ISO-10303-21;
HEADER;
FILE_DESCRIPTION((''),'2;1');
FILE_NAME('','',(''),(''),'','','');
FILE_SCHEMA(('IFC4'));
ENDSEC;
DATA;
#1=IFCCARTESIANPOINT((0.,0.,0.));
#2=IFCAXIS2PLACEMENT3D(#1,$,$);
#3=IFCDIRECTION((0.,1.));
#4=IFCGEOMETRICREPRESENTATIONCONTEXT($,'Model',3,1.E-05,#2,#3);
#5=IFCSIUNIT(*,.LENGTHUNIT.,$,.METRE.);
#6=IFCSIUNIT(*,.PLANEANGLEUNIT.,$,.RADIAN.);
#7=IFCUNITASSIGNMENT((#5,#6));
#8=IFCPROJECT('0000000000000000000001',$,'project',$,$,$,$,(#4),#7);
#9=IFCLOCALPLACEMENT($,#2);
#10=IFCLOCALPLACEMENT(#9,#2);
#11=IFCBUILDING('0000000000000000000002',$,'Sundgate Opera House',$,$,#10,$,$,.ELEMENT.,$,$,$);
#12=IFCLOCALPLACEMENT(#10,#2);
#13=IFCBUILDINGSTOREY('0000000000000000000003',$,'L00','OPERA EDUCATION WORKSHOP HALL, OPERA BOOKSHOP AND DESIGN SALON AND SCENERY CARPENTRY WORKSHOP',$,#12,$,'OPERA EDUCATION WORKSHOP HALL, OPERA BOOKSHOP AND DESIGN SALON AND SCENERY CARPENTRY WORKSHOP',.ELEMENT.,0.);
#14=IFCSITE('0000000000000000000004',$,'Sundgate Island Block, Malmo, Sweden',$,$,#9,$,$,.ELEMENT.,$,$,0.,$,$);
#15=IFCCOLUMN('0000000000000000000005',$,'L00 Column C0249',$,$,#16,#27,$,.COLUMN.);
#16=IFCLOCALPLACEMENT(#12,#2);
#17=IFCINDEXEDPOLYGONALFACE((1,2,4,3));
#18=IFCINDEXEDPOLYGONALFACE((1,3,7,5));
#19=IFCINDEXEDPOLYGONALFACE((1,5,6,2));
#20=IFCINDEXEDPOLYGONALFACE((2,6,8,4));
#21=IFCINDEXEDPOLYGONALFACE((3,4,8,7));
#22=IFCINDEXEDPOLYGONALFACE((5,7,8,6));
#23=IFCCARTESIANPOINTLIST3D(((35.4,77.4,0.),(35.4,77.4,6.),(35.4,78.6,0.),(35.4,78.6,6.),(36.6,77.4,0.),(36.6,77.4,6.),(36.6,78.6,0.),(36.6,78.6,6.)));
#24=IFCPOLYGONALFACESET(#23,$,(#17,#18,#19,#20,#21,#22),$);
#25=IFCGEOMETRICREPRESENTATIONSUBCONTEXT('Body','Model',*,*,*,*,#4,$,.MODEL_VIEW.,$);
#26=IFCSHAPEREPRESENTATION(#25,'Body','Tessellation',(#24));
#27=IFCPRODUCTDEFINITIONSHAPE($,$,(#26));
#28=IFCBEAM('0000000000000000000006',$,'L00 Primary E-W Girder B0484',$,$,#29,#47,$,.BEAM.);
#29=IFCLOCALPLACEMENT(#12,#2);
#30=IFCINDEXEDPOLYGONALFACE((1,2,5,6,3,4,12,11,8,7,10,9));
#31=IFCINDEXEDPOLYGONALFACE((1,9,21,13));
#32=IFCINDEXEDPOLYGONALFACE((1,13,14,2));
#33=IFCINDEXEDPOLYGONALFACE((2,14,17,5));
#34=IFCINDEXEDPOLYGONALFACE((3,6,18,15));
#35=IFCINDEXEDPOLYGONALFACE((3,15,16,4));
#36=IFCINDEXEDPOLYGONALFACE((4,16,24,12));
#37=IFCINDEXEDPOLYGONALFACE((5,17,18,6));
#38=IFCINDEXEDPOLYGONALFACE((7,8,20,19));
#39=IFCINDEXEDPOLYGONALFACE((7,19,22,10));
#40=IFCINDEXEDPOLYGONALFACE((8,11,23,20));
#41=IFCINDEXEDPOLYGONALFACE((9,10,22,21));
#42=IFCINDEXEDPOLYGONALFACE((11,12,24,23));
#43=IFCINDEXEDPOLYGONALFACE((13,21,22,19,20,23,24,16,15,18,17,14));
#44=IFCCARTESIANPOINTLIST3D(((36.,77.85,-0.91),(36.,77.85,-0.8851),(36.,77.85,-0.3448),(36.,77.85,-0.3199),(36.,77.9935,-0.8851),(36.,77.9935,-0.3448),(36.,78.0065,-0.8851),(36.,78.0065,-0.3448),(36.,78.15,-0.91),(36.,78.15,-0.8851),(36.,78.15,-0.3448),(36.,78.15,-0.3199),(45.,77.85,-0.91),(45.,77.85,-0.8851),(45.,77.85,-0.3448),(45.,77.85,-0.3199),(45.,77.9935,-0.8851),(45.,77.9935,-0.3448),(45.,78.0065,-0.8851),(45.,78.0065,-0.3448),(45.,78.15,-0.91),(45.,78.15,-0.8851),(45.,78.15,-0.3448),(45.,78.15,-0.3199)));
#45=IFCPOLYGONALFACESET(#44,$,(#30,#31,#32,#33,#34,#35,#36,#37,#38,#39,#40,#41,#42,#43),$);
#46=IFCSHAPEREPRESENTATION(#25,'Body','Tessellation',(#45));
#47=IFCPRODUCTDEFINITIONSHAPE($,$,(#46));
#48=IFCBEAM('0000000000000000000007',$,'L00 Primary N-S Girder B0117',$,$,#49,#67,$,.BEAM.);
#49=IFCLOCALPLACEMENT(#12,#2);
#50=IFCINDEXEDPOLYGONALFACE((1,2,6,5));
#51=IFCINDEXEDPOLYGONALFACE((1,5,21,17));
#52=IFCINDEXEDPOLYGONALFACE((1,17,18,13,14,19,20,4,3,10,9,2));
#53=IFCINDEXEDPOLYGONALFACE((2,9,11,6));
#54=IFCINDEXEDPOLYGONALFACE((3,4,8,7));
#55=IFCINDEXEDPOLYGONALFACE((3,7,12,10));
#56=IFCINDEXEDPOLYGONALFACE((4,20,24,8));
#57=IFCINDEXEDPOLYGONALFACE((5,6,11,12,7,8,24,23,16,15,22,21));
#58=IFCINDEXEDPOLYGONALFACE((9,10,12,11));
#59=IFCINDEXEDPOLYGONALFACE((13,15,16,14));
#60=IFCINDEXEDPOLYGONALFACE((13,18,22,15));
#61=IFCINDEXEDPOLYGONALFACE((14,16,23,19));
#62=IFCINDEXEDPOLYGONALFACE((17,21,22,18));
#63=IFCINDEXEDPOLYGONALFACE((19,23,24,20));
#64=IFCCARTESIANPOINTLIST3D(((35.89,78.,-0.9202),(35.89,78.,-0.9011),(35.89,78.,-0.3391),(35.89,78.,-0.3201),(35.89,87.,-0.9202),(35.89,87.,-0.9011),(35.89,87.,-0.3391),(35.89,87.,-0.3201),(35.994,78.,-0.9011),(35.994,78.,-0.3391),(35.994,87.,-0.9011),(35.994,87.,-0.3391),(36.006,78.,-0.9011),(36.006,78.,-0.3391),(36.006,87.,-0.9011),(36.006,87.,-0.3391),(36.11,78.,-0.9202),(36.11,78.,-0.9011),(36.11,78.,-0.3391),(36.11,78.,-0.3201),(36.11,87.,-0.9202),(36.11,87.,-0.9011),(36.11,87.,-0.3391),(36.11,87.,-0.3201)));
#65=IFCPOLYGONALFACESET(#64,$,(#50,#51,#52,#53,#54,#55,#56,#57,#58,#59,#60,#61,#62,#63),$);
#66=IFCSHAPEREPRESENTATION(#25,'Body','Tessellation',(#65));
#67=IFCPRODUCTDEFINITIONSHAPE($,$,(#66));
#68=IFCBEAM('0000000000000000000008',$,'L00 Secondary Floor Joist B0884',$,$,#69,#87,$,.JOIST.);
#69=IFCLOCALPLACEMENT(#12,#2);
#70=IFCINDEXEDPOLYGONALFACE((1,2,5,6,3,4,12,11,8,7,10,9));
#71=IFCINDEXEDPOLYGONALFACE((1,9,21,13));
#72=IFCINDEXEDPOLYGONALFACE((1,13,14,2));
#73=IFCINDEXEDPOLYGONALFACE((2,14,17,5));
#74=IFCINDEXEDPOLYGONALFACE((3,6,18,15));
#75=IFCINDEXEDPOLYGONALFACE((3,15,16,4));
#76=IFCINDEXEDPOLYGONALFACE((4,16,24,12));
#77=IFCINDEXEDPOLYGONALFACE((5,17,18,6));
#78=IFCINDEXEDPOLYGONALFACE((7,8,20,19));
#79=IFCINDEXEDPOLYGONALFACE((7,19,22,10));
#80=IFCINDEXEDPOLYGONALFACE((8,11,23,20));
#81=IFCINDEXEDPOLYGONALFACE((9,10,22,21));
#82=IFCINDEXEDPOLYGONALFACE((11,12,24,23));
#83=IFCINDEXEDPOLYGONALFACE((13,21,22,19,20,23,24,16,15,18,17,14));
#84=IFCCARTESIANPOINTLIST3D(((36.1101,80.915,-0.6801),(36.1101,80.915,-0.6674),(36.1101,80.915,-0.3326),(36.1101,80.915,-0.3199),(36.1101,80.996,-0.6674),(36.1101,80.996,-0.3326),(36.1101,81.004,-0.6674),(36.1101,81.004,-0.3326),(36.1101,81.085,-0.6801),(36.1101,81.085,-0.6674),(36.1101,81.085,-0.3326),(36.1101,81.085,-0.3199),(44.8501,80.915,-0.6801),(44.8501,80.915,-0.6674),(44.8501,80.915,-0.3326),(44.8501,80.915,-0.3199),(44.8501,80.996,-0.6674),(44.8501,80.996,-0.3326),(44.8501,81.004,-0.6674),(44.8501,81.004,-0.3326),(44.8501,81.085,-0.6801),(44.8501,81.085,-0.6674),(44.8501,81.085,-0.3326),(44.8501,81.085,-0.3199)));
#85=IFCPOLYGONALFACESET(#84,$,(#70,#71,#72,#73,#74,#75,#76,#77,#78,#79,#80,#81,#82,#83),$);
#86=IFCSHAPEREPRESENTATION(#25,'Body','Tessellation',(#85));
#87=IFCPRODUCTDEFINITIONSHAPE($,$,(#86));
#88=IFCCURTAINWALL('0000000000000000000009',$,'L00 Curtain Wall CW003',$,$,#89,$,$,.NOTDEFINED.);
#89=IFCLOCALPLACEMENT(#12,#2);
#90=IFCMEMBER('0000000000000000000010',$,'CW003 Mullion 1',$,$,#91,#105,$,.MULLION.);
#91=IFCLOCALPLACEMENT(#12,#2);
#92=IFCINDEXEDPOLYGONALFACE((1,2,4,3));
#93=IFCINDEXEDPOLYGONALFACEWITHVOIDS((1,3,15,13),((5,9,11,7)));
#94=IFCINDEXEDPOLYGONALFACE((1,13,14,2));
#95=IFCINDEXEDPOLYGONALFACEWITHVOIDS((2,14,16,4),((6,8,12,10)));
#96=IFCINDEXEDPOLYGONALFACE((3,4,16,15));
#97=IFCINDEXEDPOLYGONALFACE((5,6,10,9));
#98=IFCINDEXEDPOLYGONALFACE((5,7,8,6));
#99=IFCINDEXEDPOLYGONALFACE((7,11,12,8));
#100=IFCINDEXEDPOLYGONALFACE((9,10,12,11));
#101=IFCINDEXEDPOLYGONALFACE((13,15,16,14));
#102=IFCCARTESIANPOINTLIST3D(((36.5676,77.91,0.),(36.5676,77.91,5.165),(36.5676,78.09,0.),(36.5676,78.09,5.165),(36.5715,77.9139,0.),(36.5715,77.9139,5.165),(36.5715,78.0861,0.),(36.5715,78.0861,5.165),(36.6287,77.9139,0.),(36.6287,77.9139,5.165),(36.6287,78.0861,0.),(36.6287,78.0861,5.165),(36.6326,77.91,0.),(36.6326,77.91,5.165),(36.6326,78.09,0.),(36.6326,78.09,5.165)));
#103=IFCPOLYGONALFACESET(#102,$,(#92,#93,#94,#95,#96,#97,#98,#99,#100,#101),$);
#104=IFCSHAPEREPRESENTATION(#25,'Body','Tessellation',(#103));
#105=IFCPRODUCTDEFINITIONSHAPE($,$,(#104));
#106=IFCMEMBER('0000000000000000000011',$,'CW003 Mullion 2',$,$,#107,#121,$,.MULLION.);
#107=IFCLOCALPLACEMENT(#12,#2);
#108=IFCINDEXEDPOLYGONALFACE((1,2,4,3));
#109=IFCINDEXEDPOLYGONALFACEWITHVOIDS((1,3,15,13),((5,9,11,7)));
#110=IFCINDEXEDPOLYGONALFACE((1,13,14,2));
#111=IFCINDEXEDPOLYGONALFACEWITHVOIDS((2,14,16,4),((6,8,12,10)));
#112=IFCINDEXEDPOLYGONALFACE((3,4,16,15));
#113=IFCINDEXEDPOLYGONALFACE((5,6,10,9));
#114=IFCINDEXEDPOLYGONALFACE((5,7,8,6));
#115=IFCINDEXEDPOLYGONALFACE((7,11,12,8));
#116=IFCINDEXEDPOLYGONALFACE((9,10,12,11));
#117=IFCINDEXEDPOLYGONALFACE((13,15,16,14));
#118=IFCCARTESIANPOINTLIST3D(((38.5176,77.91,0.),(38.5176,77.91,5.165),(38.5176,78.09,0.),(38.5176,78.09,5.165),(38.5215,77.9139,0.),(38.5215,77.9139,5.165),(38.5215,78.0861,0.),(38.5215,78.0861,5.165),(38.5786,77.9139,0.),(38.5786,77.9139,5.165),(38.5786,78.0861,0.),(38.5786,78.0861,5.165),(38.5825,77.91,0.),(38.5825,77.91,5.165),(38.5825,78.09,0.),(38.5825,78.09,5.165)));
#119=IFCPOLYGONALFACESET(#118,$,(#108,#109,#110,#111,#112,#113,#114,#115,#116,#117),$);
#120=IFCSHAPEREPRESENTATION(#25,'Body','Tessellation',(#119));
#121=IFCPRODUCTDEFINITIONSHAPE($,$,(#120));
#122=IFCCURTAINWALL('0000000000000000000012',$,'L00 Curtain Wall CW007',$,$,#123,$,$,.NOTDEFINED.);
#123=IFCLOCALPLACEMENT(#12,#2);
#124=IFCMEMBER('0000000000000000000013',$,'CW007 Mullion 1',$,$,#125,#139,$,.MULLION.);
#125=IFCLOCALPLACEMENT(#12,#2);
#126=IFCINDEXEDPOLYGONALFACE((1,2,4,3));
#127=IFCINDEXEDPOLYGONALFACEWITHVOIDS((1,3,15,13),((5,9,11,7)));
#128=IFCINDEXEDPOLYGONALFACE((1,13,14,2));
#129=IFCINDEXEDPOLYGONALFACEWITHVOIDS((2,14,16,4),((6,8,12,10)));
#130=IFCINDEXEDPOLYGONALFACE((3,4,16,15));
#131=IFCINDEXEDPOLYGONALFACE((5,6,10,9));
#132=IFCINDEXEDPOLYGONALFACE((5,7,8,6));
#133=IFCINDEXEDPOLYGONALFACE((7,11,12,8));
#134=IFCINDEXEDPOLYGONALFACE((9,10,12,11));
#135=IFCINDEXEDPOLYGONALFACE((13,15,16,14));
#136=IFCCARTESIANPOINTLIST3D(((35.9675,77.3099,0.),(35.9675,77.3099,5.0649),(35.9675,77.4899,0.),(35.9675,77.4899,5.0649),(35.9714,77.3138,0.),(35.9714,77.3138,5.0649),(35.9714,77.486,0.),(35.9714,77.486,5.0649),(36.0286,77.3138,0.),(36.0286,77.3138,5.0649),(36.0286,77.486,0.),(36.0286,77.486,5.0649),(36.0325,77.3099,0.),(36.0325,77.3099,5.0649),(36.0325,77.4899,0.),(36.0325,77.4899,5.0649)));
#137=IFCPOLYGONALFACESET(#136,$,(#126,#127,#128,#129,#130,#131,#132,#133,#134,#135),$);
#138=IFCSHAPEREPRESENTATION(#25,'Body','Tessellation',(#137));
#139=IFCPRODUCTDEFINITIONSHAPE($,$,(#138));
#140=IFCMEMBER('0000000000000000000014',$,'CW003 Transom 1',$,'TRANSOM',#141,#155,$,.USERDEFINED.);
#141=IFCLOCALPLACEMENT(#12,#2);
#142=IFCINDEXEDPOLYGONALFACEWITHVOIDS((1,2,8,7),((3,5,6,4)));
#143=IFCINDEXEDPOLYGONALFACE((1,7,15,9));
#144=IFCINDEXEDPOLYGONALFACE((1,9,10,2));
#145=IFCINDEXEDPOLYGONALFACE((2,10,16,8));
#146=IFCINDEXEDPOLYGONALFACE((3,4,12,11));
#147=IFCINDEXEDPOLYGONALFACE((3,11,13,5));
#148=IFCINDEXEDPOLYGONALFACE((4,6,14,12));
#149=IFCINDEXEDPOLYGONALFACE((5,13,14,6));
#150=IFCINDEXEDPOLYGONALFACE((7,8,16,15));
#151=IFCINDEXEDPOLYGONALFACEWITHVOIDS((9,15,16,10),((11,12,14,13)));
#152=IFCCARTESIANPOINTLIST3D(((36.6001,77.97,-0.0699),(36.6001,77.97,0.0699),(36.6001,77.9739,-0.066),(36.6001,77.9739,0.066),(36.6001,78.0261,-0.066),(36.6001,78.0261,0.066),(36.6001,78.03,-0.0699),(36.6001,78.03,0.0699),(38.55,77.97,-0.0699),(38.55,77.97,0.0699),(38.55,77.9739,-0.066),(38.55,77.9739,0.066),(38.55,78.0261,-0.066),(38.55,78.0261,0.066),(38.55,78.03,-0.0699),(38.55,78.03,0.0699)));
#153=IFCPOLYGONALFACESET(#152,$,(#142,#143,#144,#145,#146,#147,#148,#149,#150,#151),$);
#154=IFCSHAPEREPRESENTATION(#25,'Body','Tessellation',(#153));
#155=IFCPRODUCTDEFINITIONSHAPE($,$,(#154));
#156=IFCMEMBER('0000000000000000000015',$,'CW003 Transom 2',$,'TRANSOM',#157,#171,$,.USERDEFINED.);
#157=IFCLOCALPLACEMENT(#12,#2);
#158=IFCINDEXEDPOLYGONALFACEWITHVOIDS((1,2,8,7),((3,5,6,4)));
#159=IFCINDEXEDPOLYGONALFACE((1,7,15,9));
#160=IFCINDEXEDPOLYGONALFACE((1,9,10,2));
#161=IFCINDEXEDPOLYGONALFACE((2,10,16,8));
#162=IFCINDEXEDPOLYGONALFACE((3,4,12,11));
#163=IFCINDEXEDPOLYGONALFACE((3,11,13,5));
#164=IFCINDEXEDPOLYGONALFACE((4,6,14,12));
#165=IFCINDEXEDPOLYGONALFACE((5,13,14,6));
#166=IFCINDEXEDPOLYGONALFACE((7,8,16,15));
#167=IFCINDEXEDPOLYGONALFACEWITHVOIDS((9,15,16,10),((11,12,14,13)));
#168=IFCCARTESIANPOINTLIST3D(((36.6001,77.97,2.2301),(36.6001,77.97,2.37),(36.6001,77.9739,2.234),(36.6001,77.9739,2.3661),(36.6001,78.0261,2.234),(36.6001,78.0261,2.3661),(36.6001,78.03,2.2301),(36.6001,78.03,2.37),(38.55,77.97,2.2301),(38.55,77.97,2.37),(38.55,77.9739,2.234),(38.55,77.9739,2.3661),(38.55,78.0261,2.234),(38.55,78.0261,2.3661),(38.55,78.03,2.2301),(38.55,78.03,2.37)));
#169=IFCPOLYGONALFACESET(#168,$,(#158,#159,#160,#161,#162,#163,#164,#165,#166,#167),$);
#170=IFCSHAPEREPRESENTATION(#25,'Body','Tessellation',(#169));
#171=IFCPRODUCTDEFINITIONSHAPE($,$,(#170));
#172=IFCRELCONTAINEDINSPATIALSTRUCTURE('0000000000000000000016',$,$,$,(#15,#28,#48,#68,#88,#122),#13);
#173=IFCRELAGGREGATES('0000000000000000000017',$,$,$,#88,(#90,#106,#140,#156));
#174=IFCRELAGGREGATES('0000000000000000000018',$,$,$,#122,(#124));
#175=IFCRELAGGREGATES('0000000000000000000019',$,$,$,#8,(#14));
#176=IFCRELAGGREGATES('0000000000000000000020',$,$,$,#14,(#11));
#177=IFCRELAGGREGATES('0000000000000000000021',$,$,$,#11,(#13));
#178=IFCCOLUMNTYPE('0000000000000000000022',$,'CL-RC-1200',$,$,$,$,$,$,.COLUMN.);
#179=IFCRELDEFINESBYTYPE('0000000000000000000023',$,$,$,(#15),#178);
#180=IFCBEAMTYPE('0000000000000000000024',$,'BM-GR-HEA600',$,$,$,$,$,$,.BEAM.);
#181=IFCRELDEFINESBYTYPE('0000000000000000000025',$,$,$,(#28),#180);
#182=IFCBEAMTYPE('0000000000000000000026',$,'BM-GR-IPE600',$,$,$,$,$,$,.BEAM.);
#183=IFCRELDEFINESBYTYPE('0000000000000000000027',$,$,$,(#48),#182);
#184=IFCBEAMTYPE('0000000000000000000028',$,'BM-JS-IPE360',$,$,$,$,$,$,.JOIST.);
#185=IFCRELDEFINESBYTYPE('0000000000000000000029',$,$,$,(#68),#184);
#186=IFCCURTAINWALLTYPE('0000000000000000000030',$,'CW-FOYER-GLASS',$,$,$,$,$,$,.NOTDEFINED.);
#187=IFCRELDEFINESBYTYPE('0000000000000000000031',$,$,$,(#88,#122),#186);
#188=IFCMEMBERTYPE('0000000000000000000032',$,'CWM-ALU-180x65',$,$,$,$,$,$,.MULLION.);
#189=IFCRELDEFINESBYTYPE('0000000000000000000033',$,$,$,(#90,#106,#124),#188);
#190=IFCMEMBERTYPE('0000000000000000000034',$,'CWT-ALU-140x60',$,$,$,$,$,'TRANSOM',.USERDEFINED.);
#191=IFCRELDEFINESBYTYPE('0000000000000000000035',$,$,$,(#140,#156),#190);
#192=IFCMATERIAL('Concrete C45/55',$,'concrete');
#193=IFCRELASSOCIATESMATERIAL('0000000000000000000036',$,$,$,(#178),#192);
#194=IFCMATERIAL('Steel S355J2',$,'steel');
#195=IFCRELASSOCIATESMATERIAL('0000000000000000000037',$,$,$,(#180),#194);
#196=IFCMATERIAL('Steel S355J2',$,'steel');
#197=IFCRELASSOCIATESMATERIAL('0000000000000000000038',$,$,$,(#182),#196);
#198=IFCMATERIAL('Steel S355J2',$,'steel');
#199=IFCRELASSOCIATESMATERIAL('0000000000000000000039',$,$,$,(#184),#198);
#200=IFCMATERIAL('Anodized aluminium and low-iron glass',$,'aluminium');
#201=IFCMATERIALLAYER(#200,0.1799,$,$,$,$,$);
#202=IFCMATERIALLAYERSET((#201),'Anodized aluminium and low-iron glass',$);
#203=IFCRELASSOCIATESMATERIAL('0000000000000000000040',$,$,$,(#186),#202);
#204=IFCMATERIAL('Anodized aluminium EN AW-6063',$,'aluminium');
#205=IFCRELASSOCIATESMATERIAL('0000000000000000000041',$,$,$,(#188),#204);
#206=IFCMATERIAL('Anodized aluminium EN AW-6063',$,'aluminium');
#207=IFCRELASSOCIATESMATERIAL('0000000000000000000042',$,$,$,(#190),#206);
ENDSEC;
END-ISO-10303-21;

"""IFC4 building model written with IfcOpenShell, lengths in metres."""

from ifc_helpers import new_model, si_unit, direction, frame, origin, origin_2d, place, context, subcontext, project, spatial, rectangle, hollow_rectangle, i_section, extrude, material, layer, layer_set, material_profile, profile_set, type_object, element, aggregate, save


model = new_model("IFC4")

# Units and contexts
model_context = context("Model", 3, precision=1e-05, world=origin(), true_north=direction((0.0, 1.0)))
body_context = subcontext(model_context, "Body", "Model", "MODEL_VIEW")
ifc_project = project(units=[si_unit("LENGTHUNIT", "METRE"), si_unit("PLANEANGLEUNIT", "RADIAN")], contexts=[model_context])

# Site, building, storey
site_placement = place(None, origin())
site = spatial("IfcSite", under=ifc_project, at=site_placement, Name="Sundgate Island Block, Malmo, Sweden", CompositionType="ELEMENT", RefElevation=0.0)
building_placement = place(site_placement, origin())
building = spatial("IfcBuilding", under=site, at=building_placement, Name="Sundgate Opera House", CompositionType="ELEMENT")
storey_placement = place(building_placement, origin())
storey = spatial("IfcBuildingStorey", under=building, at=storey_placement, Name="L00", Description="OPERA EDUCATION WORKSHOP HALL, OPERA BOOKSHOP AND DESIGN SALON AND SCENERY CARPENTRY WORKSHOP", LongName="OPERA EDUCATION WORKSHOP HALL, OPERA BOOKSHOP AND DESIGN SALON AND SCENERY CARPENTRY WORKSHOP", CompositionType="ELEMENT", Elevation=0.0)

# Column
ifc_material_1 = material(Name="Concrete C45/55", Category="concrete")
ifc_material_profile_1 = material_profile(ifc_material_1, rectangle(XDim=1.2, YDim=1.2, at=origin_2d()), Name="RC 1200x1200")
ifc_profile_set_1 = profile_set([ifc_material_profile_1], Name="Concrete C45/55")
column_type = type_object("IfcColumnType", Name="CL-RC-1200", PredefinedType="COLUMN", material=ifc_profile_set_1)
column_placement = place(storey_placement, frame((36.0, 78.0, 0.0), z_axis=(0.0, 0.0, 1.0), x_axis=(1.0, 0.0, 0.0)))
element("IfcColumn", 1, at=column_placement, inside=storey, type_object=column_type, Name="L00 Column C0249", PredefinedType="COLUMN", context=body_context, shape_type="SweptSolid", body=[
    extrude(rectangle(XDim=1.2, YDim=1.2, at=origin_2d()), origin(), (0.0, 0.0, 1.0), 6.0),
])

# Beams
ifc_material_2 = material(Name="Steel S355J2", Category="steel")
ifc_material_profile_2 = material_profile(ifc_material_2, i_section(OverallWidth=0.3, OverallDepth=0.5901, WebThickness=0.0129, FlangeThickness=0.0249, at=origin_2d()), Name="HEA 600")
ifc_profile_set_2 = profile_set([ifc_material_profile_2], Name="Steel S355J2")
beam_type_1 = type_object("IfcBeamType", Name="BM-GR-HEA600", PredefinedType="BEAM", material=ifc_profile_set_2)
beam_1_placement = place(storey_placement, frame((36.0, 78.0, -0.615), z_axis=(1.0, 0.0, 0.0), x_axis=(0.0, 1.0, 0.0)))
element("IfcBeam", 2, at=beam_1_placement, inside=storey, type_object=beam_type_1, Name="L00 Primary E-W Girder B0484", PredefinedType="BEAM", context=body_context, shape_type="SweptSolid", body=[
    extrude(i_section(OverallWidth=0.3, OverallDepth=0.5901, WebThickness=0.0129, FlangeThickness=0.0249, at=origin_2d()), origin(), (0.0, 0.0, 1.0), 9.0),
])
ifc_material_3 = material(Name="Steel S355J2", Category="steel")
ifc_material_profile_3 = material_profile(ifc_material_3, i_section(OverallWidth=0.22, OverallDepth=0.6001, WebThickness=0.012, FlangeThickness=0.019, at=origin_2d()), Name="IPE 600")
ifc_profile_set_3 = profile_set([ifc_material_profile_3], Name="Steel S355J2")
beam_type_2 = type_object("IfcBeamType", Name="BM-GR-IPE600", PredefinedType="BEAM", material=ifc_profile_set_3)
beam_2_placement = place(storey_placement, frame((36.0, 78.0, -0.6201), z_axis=(0.0, 1.0, 0.0), x_axis=(-1.0, 0.0, 0.0)))
element("IfcBeam", 3, at=beam_2_placement, inside=storey, type_object=beam_type_2, Name="L00 Primary N-S Girder B0117", PredefinedType="BEAM", context=body_context, shape_type="SweptSolid", body=[
    extrude(i_section(OverallWidth=0.22, OverallDepth=0.6001, WebThickness=0.012, FlangeThickness=0.019, at=origin_2d()), origin(), (0.0, 0.0, 1.0), 9.0),
])
ifc_material_4 = material(Name="Steel S355J2", Category="steel")
ifc_material_profile_4 = material_profile(ifc_material_4, i_section(OverallWidth=0.1699, OverallDepth=0.3601, WebThickness=0.0081, FlangeThickness=0.0127, at=origin_2d()), Name="IPE 360")
ifc_profile_set_4 = profile_set([ifc_material_profile_4], Name="Steel S355J2")
beam_type_3 = type_object("IfcBeamType", Name="BM-JS-IPE360", PredefinedType="JOIST", material=ifc_profile_set_4)
beam_3_placement = place(storey_placement, frame((36.1101, 81.0, -0.5), z_axis=(1.0, 0.0, 0.0), x_axis=(0.0, 1.0, 0.0)))
element("IfcBeam", 4, at=beam_3_placement, inside=storey, type_object=beam_type_3, Name="L00 Secondary Floor Joist B0884", PredefinedType="JOIST", context=body_context, shape_type="SweptSolid", body=[
    extrude(i_section(OverallWidth=0.1699, OverallDepth=0.3601, WebThickness=0.0081, FlangeThickness=0.0127, at=origin_2d()), origin(), (0.0, 0.0, 1.0), 8.74),
])

# Curtain wall, members
ifc_material_5 = material(Name="Anodized aluminium and low-iron glass", Category="aluminium")
ifc_layer_1 = layer(ifc_material_5, 0.1799)
ifc_layer_set_1 = layer_set([ifc_layer_1], Name="Anodized aluminium and low-iron glass")
curtain_wall_type = type_object("IfcCurtainWallType", Name="CW-FOYER-GLASS", PredefinedType="NOTDEFINED", material=ifc_layer_set_1)
curtain_wall_1_placement = place(storey_placement, origin())
curtain_wall_1 = element("IfcCurtainWall", 5, at=curtain_wall_1_placement, inside=storey, type_object=curtain_wall_type, Name="L00 Curtain Wall CW003", PredefinedType="NOTDEFINED")
ifc_material_6 = material(Name="Anodized aluminium EN AW-6063", Category="aluminium")
ifc_material_profile_5 = material_profile(ifc_material_6, hollow_rectangle(XDim=0.0649, YDim=0.1799, WallThickness=0.0039, at=origin_2d()), Name="CWM 180x65x4")
ifc_profile_set_5 = profile_set([ifc_material_profile_5], Name="Anodized aluminium EN AW-6063")
member_type_1 = type_object("IfcMemberType", Name="CWM-ALU-180x65", PredefinedType="MULLION", material=ifc_profile_set_5)
member_1_placement = place(storey_placement, frame((36.6001, 78.0, 0.0), z_axis=(0.0, 0.0, 1.0), x_axis=(1.0, 0.0, 0.0)))
member_1 = element("IfcMember", 6, at=member_1_placement, type_object=member_type_1, Name="CW003 Mullion 1", PredefinedType="MULLION", context=body_context, shape_type="SweptSolid", body=[
    extrude(hollow_rectangle(XDim=0.0649, YDim=0.1799, WallThickness=0.0039, at=origin_2d()), origin(), (0.0, 0.0, 1.0), 5.165),
])
member_2_placement = place(storey_placement, frame((38.55, 78.0, 0.0), z_axis=(0.0, 0.0, 1.0), x_axis=(1.0, 0.0, 0.0)))
member_2 = element("IfcMember", 7, at=member_2_placement, type_object=member_type_1, Name="CW003 Mullion 2", PredefinedType="MULLION", context=body_context, shape_type="SweptSolid", body=[
    extrude(hollow_rectangle(XDim=0.0649, YDim=0.1799, WallThickness=0.0039, at=origin_2d()), origin(), (0.0, 0.0, 1.0), 5.165),
])

# Curtain wall, member
curtain_wall_2_placement = place(storey_placement, origin())
curtain_wall_2 = element("IfcCurtainWall", 8, at=curtain_wall_2_placement, inside=storey, type_object=curtain_wall_type, Name="L00 Curtain Wall CW007", PredefinedType="NOTDEFINED")
member_3_placement = place(storey_placement, frame((36.0, 77.3999, 0.0), z_axis=(0.0, 0.0, 1.0), x_axis=(1.0, 0.0, 0.0)))
member_3 = element("IfcMember", 9, at=member_3_placement, type_object=member_type_1, Name="CW007 Mullion 1", PredefinedType="MULLION", context=body_context, shape_type="SweptSolid", body=[
    extrude(hollow_rectangle(XDim=0.0649, YDim=0.1799, WallThickness=0.0039, at=origin_2d()), origin(), (0.0, 0.0, 1.0), 5.0649),
])

# Members
ifc_material_7 = material(Name="Anodized aluminium EN AW-6063", Category="aluminium")
ifc_material_profile_6 = material_profile(ifc_material_7, hollow_rectangle(XDim=0.0601, YDim=0.1399, WallThickness=0.0039, at=origin_2d()), Name="CWT 140x60x4")
ifc_profile_set_6 = profile_set([ifc_material_profile_6], Name="Anodized aluminium EN AW-6063")
member_type_2 = type_object("IfcMemberType", Name="CWT-ALU-140x60", ElementType="TRANSOM", PredefinedType="USERDEFINED", material=ifc_profile_set_6)
member_4_placement = place(storey_placement, frame((36.6001, 78.0, 0.0), z_axis=(1.0, 0.0, 0.0), x_axis=(0.0, 1.0, 0.0)))
member_4 = element("IfcMember", 10, at=member_4_placement, type_object=member_type_2, Name="CW003 Transom 1", ObjectType="TRANSOM", PredefinedType="USERDEFINED", context=body_context, shape_type="SweptSolid", body=[
    extrude(hollow_rectangle(XDim=0.0601, YDim=0.1399, WallThickness=0.0039, at=origin_2d()), origin(), (0.0, 0.0, 1.0), 1.95),
])
member_5_placement = place(storey_placement, frame((36.6001, 78.0, 2.3), z_axis=(1.0, 0.0, 0.0), x_axis=(0.0, 1.0, 0.0)))
member_5 = element("IfcMember", 11, at=member_5_placement, type_object=member_type_2, Name="CW003 Transom 2", ObjectType="TRANSOM", PredefinedType="USERDEFINED", context=body_context, shape_type="SweptSolid", body=[
    extrude(hollow_rectangle(XDim=0.0601, YDim=0.1399, WallThickness=0.0039, at=origin_2d()), origin(), (0.0, 0.0, 1.0), 1.95),
])

aggregate(curtain_wall_1, [member_1, member_2, member_4, member_5])
aggregate(curtain_wall_2, [member_3])

save(model, "model.ifc")
